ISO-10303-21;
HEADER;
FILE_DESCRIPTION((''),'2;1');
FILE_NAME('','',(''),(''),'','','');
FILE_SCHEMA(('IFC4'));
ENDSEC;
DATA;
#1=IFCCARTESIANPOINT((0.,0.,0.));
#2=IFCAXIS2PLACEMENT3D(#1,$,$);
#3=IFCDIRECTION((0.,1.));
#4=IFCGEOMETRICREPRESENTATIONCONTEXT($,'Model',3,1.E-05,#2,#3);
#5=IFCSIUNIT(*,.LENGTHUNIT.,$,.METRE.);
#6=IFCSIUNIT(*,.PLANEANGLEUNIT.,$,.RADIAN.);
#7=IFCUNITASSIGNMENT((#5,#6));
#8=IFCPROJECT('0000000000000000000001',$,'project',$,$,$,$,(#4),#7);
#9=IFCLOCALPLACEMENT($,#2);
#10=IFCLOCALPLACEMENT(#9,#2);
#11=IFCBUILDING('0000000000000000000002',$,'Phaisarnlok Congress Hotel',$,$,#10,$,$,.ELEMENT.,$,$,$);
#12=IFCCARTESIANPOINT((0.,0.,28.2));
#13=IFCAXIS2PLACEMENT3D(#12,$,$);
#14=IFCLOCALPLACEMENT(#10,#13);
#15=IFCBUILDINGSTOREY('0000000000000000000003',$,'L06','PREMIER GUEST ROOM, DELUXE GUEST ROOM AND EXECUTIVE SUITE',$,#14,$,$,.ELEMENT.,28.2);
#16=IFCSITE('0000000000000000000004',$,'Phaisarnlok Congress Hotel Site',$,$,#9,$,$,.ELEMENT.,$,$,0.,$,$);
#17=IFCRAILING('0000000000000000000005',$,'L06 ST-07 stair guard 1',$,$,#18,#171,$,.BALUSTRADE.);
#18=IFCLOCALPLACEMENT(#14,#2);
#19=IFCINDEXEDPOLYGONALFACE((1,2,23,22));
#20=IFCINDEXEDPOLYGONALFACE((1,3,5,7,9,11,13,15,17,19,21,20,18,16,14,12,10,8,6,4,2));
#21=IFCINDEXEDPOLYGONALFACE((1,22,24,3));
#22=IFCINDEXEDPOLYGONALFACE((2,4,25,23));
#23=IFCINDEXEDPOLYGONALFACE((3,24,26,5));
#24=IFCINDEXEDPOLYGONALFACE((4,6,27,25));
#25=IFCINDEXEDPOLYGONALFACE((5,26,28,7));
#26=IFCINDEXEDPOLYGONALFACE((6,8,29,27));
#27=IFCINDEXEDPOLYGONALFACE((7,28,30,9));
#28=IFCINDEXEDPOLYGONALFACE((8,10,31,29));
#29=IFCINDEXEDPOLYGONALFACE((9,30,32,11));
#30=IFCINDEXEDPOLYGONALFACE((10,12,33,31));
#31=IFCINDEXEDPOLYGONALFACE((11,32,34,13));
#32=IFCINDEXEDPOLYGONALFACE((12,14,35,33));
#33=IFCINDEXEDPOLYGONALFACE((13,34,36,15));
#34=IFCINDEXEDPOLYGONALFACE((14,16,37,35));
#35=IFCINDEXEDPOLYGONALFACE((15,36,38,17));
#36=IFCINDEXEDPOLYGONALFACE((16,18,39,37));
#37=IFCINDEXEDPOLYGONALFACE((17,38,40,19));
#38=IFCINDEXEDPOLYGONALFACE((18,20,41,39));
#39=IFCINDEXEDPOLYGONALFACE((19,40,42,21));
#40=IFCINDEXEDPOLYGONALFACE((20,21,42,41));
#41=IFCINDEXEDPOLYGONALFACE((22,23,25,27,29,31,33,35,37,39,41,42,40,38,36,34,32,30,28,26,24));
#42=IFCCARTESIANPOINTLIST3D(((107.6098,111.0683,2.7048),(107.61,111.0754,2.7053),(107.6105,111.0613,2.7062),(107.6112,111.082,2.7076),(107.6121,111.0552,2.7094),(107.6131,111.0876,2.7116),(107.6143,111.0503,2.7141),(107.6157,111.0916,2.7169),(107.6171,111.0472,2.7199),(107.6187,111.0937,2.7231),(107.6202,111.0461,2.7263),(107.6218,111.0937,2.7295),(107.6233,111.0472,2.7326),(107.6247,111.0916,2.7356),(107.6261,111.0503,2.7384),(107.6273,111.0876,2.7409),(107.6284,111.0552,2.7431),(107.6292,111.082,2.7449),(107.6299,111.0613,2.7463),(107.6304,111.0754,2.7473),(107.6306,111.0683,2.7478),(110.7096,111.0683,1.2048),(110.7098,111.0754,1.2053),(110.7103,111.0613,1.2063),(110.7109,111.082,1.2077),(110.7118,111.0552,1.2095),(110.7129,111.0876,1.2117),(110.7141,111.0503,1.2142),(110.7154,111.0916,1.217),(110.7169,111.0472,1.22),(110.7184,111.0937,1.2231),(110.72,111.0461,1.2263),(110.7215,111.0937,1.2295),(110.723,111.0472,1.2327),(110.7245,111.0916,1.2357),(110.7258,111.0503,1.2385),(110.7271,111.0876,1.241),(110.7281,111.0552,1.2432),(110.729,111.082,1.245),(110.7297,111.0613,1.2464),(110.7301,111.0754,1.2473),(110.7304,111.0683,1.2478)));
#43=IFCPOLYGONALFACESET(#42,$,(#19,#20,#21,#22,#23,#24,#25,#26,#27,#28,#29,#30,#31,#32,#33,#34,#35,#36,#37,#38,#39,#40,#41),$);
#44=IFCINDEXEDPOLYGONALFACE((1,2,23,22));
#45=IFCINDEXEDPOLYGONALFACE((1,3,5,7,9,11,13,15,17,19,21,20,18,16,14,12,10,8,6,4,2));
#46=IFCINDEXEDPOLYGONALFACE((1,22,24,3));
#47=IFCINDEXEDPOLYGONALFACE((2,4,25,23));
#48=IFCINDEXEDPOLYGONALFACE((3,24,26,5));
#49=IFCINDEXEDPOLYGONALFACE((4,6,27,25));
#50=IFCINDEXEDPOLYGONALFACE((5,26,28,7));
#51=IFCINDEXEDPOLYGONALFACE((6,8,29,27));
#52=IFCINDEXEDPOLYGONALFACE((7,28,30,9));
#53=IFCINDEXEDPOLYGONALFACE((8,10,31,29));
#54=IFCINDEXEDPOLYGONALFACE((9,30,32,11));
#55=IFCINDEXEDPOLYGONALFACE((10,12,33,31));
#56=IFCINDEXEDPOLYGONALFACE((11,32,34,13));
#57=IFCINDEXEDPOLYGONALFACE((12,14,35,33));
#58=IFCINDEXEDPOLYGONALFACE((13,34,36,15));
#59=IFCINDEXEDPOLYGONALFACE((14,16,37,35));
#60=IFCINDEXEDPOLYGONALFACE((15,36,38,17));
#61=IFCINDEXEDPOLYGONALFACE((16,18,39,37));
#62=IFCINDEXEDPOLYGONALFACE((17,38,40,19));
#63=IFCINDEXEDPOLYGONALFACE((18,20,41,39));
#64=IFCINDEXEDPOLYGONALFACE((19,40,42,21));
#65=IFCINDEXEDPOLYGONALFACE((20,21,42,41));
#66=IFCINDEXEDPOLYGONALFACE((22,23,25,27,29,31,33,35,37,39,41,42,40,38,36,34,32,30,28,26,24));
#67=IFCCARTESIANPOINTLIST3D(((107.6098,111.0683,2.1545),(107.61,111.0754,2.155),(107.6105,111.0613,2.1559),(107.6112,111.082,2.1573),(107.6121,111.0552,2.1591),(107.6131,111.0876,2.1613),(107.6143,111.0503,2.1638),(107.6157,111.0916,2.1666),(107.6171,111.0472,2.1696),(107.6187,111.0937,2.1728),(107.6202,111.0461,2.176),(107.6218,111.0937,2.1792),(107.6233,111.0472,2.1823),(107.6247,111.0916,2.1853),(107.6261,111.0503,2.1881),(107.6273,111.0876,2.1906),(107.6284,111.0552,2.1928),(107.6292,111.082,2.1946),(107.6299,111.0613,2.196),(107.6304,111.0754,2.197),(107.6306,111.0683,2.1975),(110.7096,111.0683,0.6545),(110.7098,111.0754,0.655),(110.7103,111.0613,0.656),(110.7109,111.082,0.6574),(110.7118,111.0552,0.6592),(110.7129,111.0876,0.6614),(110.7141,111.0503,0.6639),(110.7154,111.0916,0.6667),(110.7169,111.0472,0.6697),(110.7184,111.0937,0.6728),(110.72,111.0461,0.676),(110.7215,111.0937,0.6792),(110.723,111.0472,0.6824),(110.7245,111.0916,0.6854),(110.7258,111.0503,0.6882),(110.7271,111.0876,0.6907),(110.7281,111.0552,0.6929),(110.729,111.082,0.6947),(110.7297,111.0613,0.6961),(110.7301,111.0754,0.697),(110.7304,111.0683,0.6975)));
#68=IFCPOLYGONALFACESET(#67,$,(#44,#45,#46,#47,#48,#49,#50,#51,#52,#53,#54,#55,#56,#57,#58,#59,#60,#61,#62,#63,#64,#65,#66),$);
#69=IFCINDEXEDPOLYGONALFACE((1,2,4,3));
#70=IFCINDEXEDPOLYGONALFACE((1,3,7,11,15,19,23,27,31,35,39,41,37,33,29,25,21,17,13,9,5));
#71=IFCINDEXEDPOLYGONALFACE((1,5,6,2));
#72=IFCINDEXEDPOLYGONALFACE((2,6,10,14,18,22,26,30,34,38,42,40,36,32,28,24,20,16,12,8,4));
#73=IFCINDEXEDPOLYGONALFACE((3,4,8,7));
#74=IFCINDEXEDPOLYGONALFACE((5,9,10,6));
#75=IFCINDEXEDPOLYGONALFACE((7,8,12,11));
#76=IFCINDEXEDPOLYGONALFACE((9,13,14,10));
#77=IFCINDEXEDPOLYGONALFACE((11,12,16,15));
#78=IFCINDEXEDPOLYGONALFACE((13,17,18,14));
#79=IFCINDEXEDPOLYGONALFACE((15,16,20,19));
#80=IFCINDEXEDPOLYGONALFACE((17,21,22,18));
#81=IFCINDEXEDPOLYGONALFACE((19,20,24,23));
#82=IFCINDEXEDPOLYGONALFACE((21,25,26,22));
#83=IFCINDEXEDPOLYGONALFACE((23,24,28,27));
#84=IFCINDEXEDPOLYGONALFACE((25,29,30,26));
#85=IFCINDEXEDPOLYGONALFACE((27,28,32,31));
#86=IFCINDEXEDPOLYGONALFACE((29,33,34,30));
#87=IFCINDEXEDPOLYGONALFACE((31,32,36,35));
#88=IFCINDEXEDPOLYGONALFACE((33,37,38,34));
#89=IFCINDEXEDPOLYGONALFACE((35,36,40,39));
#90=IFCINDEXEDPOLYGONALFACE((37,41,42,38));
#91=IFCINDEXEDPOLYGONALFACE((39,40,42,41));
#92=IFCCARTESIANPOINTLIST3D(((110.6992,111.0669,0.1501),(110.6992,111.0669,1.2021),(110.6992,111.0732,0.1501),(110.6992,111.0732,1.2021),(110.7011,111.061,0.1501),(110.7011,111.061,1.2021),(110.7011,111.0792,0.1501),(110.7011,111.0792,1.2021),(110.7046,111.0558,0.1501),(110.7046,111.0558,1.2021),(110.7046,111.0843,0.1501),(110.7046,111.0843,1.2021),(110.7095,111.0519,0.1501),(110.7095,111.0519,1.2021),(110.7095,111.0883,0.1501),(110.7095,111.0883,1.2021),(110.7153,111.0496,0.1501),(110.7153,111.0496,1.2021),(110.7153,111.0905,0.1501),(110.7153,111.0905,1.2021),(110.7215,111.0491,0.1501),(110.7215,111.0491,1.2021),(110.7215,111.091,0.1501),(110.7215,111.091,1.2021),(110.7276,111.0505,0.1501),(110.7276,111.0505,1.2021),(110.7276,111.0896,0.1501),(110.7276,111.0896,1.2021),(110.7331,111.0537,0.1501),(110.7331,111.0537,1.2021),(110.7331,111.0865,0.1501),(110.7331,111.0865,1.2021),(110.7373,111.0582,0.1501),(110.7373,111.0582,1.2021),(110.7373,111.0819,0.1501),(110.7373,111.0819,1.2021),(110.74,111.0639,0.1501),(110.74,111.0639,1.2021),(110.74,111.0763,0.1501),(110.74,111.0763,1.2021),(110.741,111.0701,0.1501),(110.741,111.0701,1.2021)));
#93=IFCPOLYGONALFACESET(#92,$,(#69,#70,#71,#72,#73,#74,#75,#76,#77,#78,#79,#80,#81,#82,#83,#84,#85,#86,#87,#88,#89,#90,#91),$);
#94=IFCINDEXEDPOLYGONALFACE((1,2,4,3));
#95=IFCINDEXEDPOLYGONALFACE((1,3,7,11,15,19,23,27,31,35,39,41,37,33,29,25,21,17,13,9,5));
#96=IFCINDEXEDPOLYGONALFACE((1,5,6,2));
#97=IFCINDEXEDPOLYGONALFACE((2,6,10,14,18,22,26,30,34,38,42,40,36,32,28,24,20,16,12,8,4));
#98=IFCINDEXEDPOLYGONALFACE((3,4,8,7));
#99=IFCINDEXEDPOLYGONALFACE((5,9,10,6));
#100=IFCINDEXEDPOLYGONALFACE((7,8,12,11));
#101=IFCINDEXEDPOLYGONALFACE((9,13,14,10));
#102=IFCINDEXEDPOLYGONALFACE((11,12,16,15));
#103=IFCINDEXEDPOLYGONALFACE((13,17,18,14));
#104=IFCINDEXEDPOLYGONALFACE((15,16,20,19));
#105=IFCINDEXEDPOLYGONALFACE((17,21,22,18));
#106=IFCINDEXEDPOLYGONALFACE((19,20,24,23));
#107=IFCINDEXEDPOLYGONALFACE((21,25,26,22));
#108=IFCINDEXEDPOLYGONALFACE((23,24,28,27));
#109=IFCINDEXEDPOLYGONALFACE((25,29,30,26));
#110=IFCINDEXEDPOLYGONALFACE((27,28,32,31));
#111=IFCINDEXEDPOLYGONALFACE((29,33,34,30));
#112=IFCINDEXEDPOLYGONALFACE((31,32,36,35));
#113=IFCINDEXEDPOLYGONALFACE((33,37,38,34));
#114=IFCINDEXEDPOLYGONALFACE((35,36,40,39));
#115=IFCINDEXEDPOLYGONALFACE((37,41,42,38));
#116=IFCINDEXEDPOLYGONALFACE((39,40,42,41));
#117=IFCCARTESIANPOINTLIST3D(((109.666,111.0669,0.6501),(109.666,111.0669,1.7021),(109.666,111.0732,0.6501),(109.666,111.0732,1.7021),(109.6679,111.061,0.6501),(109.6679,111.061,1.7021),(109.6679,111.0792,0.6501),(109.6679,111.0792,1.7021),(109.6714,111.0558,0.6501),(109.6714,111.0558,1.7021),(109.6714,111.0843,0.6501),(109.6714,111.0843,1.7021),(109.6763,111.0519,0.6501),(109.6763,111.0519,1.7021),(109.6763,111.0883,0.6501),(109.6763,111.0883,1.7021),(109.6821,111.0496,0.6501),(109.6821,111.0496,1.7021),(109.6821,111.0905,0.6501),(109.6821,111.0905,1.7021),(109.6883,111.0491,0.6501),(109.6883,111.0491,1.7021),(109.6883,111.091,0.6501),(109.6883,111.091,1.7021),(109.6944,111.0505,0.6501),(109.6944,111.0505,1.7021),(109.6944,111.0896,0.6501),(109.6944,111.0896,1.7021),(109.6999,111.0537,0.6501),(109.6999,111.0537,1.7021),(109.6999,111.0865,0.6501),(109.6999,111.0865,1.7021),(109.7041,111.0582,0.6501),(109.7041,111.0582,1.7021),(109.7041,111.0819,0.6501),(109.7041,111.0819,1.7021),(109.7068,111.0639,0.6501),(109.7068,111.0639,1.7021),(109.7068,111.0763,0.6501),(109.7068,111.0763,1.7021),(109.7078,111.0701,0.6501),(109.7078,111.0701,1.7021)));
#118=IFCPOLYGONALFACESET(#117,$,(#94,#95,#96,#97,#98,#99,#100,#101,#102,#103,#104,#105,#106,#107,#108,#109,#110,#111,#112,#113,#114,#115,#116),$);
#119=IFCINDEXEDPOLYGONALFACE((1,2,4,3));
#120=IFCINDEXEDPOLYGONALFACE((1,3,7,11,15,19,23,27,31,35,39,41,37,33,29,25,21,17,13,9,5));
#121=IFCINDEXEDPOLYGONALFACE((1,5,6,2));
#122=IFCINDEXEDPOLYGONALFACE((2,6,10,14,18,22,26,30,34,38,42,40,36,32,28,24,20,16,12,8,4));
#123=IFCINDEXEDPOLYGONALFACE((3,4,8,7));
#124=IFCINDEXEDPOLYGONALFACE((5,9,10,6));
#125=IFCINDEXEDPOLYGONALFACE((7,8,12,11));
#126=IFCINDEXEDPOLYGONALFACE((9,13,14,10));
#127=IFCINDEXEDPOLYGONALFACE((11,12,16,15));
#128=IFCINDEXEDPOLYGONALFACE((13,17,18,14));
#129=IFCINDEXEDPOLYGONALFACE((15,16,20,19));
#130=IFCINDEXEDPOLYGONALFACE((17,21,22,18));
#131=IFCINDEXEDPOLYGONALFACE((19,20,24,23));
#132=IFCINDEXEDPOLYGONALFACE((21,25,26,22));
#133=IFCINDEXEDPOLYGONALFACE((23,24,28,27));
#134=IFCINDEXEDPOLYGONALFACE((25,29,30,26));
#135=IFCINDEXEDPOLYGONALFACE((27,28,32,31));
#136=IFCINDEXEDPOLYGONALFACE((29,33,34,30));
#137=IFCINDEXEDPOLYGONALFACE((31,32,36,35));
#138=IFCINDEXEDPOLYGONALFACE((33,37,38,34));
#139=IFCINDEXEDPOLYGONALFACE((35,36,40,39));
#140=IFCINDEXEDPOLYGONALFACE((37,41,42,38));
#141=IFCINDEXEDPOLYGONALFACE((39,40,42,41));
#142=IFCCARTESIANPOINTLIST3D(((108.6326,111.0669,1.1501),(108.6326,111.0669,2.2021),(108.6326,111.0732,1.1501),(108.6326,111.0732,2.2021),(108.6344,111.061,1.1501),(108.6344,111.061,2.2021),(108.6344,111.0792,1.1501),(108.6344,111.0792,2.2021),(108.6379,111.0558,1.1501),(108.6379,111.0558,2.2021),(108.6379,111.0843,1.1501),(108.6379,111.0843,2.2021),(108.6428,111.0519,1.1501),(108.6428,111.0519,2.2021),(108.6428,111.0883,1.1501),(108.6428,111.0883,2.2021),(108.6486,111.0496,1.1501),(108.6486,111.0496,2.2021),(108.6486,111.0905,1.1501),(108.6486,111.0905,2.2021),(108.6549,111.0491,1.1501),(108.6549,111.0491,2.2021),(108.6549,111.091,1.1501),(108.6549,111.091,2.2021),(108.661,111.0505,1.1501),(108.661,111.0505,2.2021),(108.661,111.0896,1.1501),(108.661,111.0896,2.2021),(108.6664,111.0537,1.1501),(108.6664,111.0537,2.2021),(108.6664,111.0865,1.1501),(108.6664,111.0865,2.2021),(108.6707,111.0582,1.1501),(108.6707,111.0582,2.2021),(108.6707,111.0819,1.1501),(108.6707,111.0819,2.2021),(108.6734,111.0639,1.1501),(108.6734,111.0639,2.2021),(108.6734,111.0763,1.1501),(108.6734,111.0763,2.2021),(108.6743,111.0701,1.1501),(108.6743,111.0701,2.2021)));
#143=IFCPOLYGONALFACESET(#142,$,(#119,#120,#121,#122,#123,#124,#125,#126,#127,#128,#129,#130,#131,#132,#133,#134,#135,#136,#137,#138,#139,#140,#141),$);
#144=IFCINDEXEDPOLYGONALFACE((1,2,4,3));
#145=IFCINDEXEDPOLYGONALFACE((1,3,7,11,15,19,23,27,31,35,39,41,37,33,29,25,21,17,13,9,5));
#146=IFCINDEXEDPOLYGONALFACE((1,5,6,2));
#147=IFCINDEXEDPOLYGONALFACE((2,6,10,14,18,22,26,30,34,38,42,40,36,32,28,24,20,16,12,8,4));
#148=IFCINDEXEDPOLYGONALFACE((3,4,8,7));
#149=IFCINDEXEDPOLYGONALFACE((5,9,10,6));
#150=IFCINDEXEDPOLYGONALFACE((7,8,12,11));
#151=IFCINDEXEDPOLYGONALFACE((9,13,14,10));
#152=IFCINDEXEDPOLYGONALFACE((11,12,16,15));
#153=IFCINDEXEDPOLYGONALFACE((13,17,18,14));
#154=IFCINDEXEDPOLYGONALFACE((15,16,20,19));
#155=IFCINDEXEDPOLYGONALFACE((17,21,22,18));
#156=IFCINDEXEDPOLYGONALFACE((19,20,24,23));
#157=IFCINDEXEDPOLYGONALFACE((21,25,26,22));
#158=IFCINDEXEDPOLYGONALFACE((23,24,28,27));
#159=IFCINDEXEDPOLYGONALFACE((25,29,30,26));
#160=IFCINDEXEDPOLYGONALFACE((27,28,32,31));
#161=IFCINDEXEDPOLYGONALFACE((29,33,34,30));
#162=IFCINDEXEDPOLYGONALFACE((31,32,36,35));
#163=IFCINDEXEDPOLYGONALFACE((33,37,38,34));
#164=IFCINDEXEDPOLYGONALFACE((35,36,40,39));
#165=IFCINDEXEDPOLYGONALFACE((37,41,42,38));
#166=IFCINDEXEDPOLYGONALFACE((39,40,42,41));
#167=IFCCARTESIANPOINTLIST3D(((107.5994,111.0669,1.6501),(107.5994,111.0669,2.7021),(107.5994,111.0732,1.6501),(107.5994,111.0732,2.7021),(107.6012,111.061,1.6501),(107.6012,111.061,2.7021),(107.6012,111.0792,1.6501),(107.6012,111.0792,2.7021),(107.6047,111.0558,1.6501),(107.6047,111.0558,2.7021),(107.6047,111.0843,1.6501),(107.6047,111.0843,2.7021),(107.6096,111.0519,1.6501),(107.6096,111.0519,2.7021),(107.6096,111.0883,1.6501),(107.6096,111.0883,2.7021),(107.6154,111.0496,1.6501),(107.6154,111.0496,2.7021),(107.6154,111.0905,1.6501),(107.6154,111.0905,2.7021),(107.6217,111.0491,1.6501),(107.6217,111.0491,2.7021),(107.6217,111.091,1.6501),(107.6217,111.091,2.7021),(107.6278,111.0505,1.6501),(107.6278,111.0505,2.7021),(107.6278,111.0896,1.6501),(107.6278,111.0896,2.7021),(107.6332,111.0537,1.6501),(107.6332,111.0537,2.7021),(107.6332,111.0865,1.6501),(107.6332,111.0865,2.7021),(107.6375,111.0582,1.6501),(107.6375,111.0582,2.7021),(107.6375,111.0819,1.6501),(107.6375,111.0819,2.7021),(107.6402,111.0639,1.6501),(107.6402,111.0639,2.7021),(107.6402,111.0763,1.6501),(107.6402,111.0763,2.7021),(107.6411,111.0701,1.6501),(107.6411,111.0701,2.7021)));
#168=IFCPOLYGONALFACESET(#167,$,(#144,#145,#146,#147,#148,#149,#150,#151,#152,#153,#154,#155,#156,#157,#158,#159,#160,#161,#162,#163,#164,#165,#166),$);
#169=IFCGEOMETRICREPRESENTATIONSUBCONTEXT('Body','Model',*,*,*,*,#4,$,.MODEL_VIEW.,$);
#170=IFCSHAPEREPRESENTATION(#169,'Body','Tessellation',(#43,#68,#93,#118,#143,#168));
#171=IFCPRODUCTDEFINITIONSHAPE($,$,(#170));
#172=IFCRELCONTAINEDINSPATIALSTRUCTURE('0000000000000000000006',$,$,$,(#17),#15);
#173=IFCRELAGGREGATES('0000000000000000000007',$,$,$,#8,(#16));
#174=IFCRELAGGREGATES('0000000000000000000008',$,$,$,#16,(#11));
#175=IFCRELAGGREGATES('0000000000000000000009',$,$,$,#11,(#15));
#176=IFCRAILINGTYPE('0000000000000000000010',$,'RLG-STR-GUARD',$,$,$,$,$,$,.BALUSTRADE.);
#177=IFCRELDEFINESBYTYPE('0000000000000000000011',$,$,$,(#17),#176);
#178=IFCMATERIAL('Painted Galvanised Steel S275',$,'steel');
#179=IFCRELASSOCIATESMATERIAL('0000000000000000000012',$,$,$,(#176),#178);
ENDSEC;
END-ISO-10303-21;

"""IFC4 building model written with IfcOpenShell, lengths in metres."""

from ifc_helpers import new_model, si_unit, direction, frame, origin, origin_2d, place, context, subcontext, project, spatial, circle, extrude, material, type_object, element, save


model = new_model("IFC4")

# Units and contexts
model_context = context("Model", 3, precision=1e-05, world=origin(), true_north=direction((0.0, 1.0)))
body_context = subcontext(model_context, "Body", "Model", "MODEL_VIEW")
ifc_project = project(units=[si_unit("LENGTHUNIT", "METRE"), si_unit("PLANEANGLEUNIT", "RADIAN")], contexts=[model_context])

# Site, building, storey
site_placement = place(None, origin())
site = spatial("IfcSite", under=ifc_project, at=site_placement, Name="Phaisarnlok Congress Hotel Site", CompositionType="ELEMENT", RefElevation=0.0)
building_placement = place(site_placement, origin())
building = spatial("IfcBuilding", under=site, at=building_placement, Name="Phaisarnlok Congress Hotel", CompositionType="ELEMENT")
storey_placement = place(building_placement, frame((0.0, 0.0, 28.2)))
storey = spatial("IfcBuildingStorey", under=building, at=storey_placement, Name="L06", Description="PREMIER GUEST ROOM, DELUXE GUEST ROOM AND EXECUTIVE SUITE", CompositionType="ELEMENT", Elevation=28.2)

# Railing
ifc_material_1 = material(Name="Painted Galvanised Steel S275", Category="steel")
railing_type_1 = type_object("IfcRailingType", Name="RLG-STR-GUARD", PredefinedType="BALUSTRADE", material=ifc_material_1)
railing_1_placement = place(storey_placement, frame((110.72, 111.0701, 0.1501)))
element("IfcRailing", 1, at=railing_1_placement, inside=storey, type_object=railing_type_1, Name="L06 ST-07 stair guard 1", PredefinedType="BALUSTRADE", context=body_context, shape_type="SweptSolid", body=[
    extrude(circle(Radius=0.0239, at=origin_2d()), frame((0.0, 0.0, 1.0762), z_axis=(-0.900151, 0.0, 0.435578), x_axis=(0.0, -1.0, 0.0)), (0.0, 0.0, 1.0), 3.4436),
    extrude(circle(Radius=0.0239, at=origin_2d()), frame((0.0, 0.0, 0.5259), z_axis=(-0.900151, 0.0, 0.435578), x_axis=(0.0, -1.0, 0.0)), (0.0, 0.0, 1.0), 3.4436),
    extrude(circle(Radius=0.021, at=origin_2d()), origin(), (0.0, 0.0, 1.0), 1.052),
    extrude(circle(Radius=0.021, at=origin_2d()), frame((-1.0332, 0.0, 0.5)), (0.0, 0.0, 1.0), 1.052),
    extrude(circle(Radius=0.021, at=origin_2d()), frame((-2.0667, 0.0, 1.0)), (0.0, 0.0, 1.0), 1.052),
    extrude(circle(Radius=0.021, at=origin_2d()), frame((-3.0999, 0.0, 1.5)), (0.0, 0.0, 1.0), 1.052),
])

save(model, "model.ifc")
